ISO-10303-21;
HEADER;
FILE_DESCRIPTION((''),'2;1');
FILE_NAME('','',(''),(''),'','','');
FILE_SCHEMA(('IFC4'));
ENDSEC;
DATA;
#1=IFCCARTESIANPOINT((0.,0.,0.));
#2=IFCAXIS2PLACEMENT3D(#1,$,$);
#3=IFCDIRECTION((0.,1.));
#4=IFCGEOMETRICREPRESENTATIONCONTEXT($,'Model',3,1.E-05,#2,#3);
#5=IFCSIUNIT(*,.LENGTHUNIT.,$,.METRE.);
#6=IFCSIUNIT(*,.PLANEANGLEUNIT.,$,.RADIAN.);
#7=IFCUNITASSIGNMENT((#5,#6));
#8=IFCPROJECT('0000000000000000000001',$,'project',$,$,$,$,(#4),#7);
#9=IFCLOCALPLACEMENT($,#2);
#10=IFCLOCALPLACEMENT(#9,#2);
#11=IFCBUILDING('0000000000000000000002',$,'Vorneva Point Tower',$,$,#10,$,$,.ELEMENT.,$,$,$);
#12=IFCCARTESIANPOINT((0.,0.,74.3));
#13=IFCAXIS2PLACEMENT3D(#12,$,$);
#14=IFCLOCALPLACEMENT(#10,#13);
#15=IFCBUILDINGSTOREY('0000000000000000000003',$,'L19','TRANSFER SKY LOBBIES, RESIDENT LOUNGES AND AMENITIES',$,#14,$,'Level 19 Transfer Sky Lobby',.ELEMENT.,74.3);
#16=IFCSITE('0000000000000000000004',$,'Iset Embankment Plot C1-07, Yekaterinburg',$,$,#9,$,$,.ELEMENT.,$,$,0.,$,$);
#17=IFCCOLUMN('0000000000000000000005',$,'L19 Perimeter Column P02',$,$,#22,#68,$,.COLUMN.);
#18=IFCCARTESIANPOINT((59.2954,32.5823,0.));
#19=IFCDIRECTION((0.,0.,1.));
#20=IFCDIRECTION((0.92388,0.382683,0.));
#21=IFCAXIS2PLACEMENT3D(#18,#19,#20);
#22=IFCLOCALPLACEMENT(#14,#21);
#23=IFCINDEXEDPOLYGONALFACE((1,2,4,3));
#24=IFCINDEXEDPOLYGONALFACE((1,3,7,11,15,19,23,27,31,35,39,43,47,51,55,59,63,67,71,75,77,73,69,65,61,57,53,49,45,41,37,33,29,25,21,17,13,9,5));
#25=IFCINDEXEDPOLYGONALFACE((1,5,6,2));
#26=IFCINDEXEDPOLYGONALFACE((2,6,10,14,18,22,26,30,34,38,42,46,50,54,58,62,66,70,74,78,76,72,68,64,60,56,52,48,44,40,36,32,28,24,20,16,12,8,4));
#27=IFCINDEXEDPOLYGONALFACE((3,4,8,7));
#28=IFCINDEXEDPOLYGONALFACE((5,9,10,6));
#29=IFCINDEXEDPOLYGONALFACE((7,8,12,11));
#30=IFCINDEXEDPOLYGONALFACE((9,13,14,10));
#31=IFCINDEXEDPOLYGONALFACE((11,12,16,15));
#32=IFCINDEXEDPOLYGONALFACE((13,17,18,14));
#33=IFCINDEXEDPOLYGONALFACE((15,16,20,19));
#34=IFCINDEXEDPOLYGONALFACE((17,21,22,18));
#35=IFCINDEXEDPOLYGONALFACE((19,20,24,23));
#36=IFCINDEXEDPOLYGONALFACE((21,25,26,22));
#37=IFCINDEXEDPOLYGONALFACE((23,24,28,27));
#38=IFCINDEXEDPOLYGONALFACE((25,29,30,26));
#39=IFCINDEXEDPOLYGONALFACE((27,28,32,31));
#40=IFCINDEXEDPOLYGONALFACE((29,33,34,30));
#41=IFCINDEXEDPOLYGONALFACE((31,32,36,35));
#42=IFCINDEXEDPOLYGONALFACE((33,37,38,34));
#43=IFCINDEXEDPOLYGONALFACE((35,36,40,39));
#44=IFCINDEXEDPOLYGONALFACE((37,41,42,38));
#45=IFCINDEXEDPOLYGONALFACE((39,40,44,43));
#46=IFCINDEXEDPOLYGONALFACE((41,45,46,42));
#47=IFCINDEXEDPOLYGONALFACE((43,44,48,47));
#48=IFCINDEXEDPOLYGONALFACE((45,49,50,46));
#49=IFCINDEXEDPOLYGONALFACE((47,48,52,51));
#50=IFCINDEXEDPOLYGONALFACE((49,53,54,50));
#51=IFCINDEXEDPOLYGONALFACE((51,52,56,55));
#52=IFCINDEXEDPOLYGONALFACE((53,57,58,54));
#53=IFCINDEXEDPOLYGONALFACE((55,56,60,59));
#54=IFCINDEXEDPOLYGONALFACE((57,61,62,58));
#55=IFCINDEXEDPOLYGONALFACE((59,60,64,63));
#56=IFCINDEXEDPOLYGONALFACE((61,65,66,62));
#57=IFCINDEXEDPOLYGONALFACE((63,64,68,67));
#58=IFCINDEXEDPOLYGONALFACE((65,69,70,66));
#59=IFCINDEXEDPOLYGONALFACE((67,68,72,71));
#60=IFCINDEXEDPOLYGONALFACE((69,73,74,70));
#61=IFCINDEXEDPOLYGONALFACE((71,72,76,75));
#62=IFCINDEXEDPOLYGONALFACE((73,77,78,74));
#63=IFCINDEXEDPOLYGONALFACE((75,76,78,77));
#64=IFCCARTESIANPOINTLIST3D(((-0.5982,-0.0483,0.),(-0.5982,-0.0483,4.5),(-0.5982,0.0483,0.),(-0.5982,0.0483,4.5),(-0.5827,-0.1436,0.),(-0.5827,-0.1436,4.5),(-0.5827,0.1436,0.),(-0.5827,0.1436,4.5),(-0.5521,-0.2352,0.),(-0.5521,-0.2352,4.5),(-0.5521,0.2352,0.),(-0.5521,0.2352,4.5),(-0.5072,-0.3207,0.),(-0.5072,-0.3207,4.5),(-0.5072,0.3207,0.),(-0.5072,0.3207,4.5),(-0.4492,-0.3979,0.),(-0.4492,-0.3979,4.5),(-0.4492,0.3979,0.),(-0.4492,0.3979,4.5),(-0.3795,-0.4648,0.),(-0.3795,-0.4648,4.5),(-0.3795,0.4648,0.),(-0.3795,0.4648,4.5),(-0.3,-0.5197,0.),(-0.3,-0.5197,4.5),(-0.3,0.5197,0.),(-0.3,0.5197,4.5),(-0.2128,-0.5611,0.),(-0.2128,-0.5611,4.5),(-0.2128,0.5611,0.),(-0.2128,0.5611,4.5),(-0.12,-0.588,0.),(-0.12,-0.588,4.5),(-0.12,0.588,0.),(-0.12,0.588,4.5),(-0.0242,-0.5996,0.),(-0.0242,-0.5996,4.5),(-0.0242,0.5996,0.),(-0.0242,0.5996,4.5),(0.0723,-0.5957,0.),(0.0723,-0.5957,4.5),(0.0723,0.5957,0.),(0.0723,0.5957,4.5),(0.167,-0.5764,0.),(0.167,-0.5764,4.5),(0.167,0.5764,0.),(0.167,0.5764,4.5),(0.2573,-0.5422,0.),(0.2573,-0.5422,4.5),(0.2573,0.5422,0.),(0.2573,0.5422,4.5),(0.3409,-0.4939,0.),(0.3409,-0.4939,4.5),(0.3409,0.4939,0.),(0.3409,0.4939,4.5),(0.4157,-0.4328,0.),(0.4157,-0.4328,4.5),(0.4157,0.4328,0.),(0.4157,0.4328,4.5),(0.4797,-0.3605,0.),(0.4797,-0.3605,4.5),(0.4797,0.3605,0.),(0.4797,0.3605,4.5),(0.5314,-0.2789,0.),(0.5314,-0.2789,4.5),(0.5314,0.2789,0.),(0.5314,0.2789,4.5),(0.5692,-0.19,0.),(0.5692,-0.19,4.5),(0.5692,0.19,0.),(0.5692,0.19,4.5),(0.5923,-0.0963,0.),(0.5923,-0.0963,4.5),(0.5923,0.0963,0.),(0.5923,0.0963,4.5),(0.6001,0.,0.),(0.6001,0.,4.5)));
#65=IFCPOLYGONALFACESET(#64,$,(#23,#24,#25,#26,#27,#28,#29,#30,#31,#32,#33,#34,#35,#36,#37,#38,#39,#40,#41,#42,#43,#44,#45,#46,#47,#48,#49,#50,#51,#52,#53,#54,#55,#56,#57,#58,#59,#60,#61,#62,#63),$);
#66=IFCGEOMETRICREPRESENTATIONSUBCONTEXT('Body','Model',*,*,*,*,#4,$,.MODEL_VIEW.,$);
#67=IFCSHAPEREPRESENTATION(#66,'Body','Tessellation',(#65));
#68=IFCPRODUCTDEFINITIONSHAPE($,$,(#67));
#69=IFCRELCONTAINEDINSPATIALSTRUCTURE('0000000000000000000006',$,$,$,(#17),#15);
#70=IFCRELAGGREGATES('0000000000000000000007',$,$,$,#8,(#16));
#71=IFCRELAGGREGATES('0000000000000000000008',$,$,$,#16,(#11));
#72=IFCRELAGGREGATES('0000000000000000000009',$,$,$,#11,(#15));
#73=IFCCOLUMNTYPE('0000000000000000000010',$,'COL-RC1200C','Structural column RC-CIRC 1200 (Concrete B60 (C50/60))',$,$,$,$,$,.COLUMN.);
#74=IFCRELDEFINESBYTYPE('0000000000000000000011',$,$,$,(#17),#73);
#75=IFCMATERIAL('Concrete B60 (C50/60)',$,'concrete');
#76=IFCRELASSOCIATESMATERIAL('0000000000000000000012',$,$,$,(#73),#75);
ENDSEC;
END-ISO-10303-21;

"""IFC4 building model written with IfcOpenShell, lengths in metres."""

from ifc_helpers import new_model, si_unit, direction, frame, origin, origin_2d, place, context, subcontext, project, spatial, circle, extrude, material, material_profile, profile_set, type_object, element, save


model = new_model("IFC4")

# Units and contexts
model_context = context("Model", 3, precision=1e-05, world=origin(), true_north=direction((0.0, 1.0)))
body_context = subcontext(model_context, "Body", "Model", "MODEL_VIEW")
ifc_project = project(units=[si_unit("LENGTHUNIT", "METRE"), si_unit("PLANEANGLEUNIT", "RADIAN")], contexts=[model_context])

# Site, building, storey
site_placement = place(None, origin())
site = spatial("IfcSite", under=ifc_project, at=site_placement, Name="Iset Embankment Plot C1-07, Yekaterinburg", CompositionType="ELEMENT", RefElevation=0.0)
building_placement = place(site_placement, origin())
building = spatial("IfcBuilding", under=site, at=building_placement, Name="Vorneva Point Tower", CompositionType="ELEMENT")
storey_placement = place(building_placement, frame((0.0, 0.0, 74.3)))
storey = spatial("IfcBuildingStorey", under=building, at=storey_placement, Name="L19", Description="TRANSFER SKY LOBBIES, RESIDENT LOUNGES AND AMENITIES", LongName="Level 19 Transfer Sky Lobby", CompositionType="ELEMENT", Elevation=74.3)

# Column
ifc_material_1 = material(Name="Concrete B60 (C50/60)", Category="concrete")
ifc_material_profile_1 = material_profile(ifc_material_1, circle(Radius=0.6001, at=origin_2d()), Name="RC-CIRC 1200")
ifc_profile_set_1 = profile_set([ifc_material_profile_1], Name="Concrete B60 (C50/60)")
column_type_1 = type_object("IfcColumnType", Name="COL-RC1200C", Description="Structural column RC-CIRC 1200 (Concrete B60 (C50/60))", PredefinedType="COLUMN", material=ifc_profile_set_1)
for number, where, z_axis, x_axis, name in (
    (1, (59.2954, 32.5823, 0.0), (0.0, 0.0, 1.0), (0.92388, 0.382683, 0.0), "L19 Perimeter Column P02"),
):
    element("IfcColumn", number, at=place(storey_placement, frame(where, z_axis=z_axis, x_axis=x_axis)), inside=storey, type_object=column_type_1, Name=name, PredefinedType="COLUMN", context=body_context, shape_type="SweptSolid", body=[
        extrude(circle(Radius=0.6001, at=origin_2d()), origin(), (0.0, 0.0, 1.0), 4.5),
    ])

save(model, "model.ifc")
